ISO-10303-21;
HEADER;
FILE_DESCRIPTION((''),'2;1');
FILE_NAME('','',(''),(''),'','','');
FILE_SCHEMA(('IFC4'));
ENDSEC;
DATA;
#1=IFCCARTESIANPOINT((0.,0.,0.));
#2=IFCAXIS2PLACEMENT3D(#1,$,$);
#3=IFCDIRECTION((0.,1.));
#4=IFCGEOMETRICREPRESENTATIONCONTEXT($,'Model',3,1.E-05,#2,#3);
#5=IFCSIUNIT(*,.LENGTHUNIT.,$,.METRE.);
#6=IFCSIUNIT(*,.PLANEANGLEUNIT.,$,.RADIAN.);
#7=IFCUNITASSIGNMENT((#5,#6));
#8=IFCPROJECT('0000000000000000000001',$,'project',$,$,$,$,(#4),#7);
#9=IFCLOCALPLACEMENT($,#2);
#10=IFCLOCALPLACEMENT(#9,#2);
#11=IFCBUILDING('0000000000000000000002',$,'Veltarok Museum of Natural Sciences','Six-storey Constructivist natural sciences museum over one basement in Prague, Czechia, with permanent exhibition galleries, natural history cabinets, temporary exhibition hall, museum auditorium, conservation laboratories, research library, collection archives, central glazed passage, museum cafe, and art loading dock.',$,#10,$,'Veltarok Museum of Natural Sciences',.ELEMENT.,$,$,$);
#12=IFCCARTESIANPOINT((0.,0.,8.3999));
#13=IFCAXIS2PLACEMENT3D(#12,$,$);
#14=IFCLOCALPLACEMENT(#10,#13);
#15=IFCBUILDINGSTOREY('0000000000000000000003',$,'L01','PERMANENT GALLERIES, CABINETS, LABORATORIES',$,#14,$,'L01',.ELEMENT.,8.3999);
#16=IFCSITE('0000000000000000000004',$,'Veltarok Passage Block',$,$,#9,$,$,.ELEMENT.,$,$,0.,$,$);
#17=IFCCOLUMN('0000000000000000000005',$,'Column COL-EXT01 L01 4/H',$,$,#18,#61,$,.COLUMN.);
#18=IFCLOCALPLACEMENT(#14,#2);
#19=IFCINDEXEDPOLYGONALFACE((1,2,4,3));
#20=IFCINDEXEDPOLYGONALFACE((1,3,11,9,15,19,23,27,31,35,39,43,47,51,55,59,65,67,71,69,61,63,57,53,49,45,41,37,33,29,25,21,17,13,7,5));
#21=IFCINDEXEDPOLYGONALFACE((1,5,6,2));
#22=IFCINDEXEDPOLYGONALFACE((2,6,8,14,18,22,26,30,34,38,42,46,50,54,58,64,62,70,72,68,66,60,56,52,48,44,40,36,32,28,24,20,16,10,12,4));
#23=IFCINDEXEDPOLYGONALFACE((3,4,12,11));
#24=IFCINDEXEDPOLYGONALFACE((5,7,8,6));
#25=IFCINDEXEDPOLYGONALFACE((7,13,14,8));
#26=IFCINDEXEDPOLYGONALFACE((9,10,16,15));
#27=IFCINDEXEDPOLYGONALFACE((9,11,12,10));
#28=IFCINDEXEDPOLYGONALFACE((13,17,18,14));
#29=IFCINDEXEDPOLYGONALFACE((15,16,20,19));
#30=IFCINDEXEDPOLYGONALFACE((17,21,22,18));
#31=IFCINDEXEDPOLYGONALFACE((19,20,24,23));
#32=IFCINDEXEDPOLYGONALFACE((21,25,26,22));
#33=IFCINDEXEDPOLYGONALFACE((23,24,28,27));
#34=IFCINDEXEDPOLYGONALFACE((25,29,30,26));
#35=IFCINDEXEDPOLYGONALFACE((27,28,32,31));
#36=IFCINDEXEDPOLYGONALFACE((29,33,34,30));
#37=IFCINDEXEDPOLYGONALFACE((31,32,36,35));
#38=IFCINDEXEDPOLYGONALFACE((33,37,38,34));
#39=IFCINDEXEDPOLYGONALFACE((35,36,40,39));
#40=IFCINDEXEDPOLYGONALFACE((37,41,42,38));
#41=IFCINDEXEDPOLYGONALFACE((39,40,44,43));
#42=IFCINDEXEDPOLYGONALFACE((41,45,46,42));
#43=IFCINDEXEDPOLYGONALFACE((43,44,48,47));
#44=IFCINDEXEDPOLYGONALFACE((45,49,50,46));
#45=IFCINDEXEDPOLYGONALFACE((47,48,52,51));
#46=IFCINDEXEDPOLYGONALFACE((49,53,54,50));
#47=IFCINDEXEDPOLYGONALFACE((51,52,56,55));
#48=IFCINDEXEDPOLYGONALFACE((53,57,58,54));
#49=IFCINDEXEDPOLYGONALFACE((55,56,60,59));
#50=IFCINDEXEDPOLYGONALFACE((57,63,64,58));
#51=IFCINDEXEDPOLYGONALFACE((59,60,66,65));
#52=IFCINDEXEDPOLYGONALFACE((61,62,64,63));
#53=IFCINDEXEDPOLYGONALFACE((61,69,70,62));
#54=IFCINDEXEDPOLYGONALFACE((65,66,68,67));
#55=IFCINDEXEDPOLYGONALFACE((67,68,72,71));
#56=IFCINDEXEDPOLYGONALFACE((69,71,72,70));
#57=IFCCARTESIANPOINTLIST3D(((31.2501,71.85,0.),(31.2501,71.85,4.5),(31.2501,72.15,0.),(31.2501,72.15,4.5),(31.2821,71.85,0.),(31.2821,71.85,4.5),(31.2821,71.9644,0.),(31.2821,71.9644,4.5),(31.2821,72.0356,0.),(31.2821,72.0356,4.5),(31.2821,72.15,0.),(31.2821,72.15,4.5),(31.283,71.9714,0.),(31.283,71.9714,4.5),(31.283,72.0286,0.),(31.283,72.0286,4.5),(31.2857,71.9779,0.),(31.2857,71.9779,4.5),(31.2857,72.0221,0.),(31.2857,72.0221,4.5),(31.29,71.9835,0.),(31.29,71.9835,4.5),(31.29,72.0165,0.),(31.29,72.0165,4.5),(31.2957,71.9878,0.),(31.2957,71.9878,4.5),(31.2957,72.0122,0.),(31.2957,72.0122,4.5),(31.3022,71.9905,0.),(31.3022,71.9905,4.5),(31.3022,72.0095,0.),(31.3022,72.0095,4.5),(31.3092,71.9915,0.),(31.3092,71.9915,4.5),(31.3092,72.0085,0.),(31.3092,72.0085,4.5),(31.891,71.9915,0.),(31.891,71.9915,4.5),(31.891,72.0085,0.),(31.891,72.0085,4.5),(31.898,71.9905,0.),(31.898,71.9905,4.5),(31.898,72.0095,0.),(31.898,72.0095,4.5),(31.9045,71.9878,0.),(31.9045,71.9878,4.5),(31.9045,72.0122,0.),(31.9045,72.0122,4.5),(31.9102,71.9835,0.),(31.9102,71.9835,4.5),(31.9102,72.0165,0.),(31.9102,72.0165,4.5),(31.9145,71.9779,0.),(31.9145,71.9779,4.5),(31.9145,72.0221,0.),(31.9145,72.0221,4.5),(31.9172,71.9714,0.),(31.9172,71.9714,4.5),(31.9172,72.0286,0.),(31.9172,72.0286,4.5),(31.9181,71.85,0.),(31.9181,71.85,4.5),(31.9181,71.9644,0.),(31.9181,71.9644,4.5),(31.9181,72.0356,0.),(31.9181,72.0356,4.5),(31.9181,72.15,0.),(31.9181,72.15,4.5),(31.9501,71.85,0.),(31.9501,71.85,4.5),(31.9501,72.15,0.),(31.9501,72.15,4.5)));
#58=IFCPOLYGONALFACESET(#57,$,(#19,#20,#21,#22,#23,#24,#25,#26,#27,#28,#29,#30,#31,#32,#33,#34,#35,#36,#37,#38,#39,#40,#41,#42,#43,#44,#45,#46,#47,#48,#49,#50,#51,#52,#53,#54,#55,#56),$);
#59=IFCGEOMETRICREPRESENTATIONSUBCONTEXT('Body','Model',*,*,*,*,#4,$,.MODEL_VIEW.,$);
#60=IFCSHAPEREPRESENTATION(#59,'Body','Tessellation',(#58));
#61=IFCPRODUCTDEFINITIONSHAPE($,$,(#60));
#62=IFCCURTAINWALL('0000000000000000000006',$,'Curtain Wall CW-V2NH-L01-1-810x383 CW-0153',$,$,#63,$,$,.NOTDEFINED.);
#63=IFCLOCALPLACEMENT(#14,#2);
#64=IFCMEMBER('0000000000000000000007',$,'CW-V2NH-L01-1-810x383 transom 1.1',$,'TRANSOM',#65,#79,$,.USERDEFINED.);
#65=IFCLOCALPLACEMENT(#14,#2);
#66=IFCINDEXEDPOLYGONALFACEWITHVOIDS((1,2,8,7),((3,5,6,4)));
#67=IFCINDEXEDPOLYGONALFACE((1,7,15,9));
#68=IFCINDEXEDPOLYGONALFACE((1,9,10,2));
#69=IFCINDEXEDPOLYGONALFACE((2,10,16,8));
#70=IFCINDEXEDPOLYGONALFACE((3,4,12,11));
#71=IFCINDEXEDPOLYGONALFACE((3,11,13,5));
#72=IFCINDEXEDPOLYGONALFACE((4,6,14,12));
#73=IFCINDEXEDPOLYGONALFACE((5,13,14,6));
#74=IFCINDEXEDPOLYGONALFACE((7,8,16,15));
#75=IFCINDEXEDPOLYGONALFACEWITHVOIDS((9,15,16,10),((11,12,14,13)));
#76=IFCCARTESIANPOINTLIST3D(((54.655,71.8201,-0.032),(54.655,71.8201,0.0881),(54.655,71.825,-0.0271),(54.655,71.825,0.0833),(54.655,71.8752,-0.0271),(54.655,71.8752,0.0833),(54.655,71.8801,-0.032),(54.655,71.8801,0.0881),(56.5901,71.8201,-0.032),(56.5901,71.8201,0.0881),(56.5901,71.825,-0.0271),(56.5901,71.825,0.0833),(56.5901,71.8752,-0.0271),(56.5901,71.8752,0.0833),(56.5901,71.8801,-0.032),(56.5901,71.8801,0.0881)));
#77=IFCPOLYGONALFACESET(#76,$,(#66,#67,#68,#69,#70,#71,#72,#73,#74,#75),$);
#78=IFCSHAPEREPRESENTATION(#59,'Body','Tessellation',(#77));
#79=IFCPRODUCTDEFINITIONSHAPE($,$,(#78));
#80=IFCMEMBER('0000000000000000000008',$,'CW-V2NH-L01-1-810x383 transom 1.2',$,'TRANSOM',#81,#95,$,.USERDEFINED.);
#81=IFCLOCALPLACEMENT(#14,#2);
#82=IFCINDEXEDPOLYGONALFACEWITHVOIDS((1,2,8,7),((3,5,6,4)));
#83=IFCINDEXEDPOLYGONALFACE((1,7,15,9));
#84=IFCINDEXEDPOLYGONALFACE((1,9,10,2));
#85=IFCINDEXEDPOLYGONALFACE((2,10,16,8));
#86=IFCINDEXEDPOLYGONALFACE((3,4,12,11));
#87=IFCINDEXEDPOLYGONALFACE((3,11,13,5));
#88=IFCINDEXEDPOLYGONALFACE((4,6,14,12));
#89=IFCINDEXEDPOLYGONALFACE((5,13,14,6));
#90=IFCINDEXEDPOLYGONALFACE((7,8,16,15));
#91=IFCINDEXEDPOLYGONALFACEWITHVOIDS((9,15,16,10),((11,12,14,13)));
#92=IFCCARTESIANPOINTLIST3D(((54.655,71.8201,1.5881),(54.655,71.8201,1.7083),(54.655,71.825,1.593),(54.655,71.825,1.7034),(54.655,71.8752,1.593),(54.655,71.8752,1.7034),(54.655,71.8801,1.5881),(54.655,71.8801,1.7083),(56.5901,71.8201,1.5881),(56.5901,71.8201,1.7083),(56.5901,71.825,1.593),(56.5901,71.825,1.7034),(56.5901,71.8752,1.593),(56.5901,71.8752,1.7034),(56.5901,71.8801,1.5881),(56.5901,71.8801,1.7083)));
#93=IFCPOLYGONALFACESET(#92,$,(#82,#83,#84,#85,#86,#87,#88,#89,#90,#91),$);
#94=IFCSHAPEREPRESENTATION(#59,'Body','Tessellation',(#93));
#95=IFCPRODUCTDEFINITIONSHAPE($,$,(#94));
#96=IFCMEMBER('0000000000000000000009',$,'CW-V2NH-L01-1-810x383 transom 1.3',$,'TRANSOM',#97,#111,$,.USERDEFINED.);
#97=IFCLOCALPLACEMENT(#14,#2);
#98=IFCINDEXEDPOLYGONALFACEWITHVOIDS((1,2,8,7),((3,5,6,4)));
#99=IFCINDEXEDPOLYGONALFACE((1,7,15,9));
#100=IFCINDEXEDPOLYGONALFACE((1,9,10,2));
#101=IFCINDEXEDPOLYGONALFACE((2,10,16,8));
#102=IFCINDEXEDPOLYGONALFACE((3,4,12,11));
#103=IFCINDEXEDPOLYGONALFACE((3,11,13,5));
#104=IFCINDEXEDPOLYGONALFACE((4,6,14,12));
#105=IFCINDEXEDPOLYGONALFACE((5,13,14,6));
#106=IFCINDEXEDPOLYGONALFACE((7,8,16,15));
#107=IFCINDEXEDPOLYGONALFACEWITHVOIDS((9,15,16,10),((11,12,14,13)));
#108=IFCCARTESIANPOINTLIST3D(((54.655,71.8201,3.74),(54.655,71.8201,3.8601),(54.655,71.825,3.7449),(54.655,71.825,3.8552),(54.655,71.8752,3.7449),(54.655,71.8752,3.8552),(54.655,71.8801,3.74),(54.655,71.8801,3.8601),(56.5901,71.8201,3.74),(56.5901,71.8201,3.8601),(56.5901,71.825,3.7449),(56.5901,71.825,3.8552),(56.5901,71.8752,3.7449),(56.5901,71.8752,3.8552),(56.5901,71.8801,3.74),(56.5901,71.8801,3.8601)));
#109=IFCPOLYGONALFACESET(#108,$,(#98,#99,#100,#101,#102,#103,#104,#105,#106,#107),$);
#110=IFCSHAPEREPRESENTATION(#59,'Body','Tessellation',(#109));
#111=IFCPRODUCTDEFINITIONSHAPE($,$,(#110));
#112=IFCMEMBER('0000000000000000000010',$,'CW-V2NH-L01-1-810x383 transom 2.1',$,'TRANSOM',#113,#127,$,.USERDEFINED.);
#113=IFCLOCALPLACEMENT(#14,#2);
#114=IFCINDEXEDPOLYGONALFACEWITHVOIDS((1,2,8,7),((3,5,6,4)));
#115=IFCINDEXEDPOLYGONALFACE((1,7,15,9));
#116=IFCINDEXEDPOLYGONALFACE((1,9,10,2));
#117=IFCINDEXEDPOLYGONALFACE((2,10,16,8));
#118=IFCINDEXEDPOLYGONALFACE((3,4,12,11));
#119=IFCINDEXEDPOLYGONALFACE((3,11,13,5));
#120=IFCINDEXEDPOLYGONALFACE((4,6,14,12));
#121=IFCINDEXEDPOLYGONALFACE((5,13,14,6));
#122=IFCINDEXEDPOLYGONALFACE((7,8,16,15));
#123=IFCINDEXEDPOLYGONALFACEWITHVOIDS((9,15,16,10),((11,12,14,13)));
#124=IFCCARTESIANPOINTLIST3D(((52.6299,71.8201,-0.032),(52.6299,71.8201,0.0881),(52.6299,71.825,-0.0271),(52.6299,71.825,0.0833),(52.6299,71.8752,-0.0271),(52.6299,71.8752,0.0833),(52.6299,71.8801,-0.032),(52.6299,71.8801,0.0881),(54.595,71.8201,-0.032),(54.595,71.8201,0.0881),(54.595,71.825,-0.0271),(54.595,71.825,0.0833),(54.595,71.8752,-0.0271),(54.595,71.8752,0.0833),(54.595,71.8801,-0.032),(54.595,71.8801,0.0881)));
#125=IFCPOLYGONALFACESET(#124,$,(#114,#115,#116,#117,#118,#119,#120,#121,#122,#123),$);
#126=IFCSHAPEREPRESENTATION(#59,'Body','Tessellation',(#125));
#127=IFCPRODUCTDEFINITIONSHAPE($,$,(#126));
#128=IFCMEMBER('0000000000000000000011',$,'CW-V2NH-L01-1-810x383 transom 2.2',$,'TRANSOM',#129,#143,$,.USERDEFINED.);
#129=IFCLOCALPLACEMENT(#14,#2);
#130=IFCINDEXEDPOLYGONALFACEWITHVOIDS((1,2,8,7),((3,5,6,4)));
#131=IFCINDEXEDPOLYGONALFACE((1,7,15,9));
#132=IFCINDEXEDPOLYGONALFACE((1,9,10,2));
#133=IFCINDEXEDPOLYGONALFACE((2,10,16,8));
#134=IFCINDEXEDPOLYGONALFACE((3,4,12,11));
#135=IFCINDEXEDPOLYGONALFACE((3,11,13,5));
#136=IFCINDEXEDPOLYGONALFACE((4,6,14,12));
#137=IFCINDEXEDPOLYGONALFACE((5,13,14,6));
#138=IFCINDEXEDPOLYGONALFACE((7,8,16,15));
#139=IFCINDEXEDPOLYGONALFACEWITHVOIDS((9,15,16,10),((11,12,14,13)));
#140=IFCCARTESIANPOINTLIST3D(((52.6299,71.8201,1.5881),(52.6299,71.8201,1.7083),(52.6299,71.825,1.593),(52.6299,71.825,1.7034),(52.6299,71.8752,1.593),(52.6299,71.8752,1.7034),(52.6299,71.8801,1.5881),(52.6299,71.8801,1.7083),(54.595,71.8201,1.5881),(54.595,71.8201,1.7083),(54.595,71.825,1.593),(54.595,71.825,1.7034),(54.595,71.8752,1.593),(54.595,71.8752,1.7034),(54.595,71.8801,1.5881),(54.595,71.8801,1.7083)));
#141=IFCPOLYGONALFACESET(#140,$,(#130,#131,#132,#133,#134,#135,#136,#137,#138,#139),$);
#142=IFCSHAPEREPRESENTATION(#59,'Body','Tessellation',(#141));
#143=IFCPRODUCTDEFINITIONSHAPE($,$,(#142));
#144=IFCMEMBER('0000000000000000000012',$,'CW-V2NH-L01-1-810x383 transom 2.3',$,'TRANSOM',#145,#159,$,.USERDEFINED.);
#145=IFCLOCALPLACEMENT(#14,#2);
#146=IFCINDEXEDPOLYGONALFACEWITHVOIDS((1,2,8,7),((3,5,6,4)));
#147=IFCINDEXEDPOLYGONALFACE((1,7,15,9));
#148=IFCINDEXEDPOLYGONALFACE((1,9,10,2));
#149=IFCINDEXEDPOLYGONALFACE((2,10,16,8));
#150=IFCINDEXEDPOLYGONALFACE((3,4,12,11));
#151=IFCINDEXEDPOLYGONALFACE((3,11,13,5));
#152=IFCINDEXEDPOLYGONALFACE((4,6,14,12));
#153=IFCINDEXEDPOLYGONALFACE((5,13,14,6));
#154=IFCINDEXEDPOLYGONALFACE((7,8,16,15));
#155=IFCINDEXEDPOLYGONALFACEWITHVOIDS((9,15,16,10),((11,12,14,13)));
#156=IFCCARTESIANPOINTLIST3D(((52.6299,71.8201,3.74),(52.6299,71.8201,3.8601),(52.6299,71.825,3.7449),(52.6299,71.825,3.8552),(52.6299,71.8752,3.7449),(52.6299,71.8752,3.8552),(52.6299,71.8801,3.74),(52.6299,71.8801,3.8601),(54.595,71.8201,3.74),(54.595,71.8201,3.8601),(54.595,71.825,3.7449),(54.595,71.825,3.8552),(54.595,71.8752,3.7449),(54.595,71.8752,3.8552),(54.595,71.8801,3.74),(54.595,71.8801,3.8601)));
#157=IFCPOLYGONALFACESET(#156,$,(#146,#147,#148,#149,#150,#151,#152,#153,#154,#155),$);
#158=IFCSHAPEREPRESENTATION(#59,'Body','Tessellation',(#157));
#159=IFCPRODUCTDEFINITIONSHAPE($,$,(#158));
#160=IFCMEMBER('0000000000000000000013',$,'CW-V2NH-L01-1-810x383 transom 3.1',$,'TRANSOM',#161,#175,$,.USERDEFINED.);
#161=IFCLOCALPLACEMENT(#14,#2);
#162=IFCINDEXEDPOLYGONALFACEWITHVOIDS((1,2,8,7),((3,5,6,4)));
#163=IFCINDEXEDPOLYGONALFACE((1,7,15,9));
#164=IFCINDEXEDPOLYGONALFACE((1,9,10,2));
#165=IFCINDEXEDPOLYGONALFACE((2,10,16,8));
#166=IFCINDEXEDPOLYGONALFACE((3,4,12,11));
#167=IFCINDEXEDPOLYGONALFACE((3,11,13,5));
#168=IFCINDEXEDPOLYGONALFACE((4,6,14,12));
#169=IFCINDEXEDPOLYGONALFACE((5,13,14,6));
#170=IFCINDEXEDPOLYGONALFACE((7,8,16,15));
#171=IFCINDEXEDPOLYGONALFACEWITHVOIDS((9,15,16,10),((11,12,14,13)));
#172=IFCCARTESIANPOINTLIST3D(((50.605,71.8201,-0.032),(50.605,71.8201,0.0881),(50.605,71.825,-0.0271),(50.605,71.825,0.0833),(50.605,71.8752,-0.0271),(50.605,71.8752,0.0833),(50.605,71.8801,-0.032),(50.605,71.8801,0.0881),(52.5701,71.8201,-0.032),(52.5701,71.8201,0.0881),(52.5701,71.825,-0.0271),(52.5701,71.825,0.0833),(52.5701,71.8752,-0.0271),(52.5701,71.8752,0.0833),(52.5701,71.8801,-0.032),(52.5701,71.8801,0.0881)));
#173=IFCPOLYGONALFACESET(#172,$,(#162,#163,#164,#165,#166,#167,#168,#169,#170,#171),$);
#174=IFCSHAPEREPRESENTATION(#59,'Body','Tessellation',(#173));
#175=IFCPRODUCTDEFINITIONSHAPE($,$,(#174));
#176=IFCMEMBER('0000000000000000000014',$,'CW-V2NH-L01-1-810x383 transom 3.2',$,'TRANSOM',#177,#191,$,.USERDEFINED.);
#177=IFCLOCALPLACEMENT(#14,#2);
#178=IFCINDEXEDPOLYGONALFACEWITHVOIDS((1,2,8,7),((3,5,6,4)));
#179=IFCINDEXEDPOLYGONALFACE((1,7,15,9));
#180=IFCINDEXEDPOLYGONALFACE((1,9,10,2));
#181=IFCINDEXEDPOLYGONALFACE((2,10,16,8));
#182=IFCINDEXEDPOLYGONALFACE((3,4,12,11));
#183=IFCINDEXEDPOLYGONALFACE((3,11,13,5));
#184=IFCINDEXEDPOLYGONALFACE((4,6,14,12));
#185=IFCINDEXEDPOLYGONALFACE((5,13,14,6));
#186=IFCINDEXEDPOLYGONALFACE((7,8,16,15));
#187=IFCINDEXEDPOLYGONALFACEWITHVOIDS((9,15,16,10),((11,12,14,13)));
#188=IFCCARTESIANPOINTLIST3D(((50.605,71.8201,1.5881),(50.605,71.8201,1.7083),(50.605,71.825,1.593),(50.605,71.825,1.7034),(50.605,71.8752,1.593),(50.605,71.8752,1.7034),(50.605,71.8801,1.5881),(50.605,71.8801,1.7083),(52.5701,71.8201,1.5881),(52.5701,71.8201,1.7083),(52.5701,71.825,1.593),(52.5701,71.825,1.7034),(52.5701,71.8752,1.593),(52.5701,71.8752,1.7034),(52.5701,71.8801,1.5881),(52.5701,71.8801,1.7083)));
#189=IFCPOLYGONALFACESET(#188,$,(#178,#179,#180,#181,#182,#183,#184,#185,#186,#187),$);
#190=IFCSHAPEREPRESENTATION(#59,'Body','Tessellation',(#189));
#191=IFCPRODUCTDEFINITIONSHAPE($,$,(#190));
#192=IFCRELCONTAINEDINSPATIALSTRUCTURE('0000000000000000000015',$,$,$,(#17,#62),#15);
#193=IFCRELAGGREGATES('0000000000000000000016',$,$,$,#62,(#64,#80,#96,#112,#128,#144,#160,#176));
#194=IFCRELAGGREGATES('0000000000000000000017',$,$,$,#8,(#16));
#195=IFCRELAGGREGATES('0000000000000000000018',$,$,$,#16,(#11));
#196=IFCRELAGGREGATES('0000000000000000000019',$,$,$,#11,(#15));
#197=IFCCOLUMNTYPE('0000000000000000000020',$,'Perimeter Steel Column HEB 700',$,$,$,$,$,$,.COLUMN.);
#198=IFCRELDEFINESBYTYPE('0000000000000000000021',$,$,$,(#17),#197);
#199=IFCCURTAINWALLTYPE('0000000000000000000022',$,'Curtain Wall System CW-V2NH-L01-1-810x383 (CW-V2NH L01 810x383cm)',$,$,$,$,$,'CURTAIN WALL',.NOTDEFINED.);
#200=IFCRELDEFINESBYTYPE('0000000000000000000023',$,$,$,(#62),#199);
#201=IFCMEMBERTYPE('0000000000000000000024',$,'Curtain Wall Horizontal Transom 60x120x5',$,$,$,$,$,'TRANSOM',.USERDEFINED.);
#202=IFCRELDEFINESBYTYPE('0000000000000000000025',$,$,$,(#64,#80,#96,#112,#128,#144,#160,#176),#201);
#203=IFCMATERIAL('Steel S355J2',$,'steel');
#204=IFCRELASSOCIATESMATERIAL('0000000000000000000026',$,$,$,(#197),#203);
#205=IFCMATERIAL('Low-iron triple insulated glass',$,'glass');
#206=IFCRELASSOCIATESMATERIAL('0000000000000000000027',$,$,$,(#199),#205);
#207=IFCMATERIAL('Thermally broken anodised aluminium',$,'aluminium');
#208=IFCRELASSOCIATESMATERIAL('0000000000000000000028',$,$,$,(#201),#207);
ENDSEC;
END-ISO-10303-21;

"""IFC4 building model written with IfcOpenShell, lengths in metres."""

from ifc_helpers import new_model, si_unit, direction, frame, origin, origin_2d, place, context, subcontext, project, spatial, hollow_rectangle, i_section, extrude, material, material_profile, profile_set, type_object, element, aggregate, save


model = new_model("IFC4")

# Units and contexts
model_context = context("Model", 3, precision=1e-05, world=origin(), true_north=direction((0.0, 1.0)))
body_context = subcontext(model_context, "Body", "Model", "MODEL_VIEW")
ifc_project = project(units=[si_unit("LENGTHUNIT", "METRE"), si_unit("PLANEANGLEUNIT", "RADIAN")], contexts=[model_context])

# Site, building, storey
site_placement = place(None, origin())
site = spatial("IfcSite", under=ifc_project, at=site_placement, Name="Veltarok Passage Block", CompositionType="ELEMENT", RefElevation=0.0)
building_placement = place(site_placement, origin())
building = spatial("IfcBuilding", under=site, at=building_placement, Name="Veltarok Museum of Natural Sciences", Description="Six-storey Constructivist natural sciences museum over one basement in Prague, Czechia, with permanent exhibition galleries, natural history cabinets, temporary exhibition hall, museum auditorium, conservation laboratories, research library, collection archives, central glazed passage, museum cafe, and art loading dock.", LongName="Veltarok Museum of Natural Sciences", CompositionType="ELEMENT")
storey_placement = place(building_placement, frame((0.0, 0.0, 8.3999)))
storey = spatial("IfcBuildingStorey", under=building, at=storey_placement, Name="L01", Description="PERMANENT GALLERIES, CABINETS, LABORATORIES", LongName="L01", CompositionType="ELEMENT", Elevation=8.3999)

# Column
ifc_material_1 = material(Name="Steel S355J2", Category="steel")
ifc_material_profile_1 = material_profile(ifc_material_1, i_section(OverallWidth=0.3, OverallDepth=0.7, WebThickness=0.0171, FlangeThickness=0.032, FilletRadius=0.0271, at=origin_2d()), Name="HEB 700")
ifc_profile_set_1 = profile_set([ifc_material_profile_1], Name="Steel S355J2")
column_type = type_object("IfcColumnType", Name="Perimeter Steel Column HEB 700", PredefinedType="COLUMN", material=ifc_profile_set_1)
column_placement = place(storey_placement, frame((31.6001, 72.0, 0.0), z_axis=(0.0, 0.0, 1.0), x_axis=(0.0, 1.0, 0.0)))
element("IfcColumn", 1, at=column_placement, inside=storey, type_object=column_type, Name="Column COL-EXT01 L01 4/H", PredefinedType="COLUMN", context=body_context, shape_type="SweptSolid", body=[
    extrude(i_section(OverallWidth=0.3, OverallDepth=0.7, WebThickness=0.0171, FlangeThickness=0.032, FilletRadius=0.0271, at=origin_2d()), origin(), (0.0, 0.0, 1.0), 4.5),
])

# Curtain wall, members
ifc_material_2 = material(Name="Low-iron triple insulated glass", Category="glass")
curtain_wall_type = type_object("IfcCurtainWallType", Name="Curtain Wall System CW-V2NH-L01-1-810x383 (CW-V2NH L01 810x383cm)", ElementType="CURTAIN WALL", PredefinedType="NOTDEFINED", material=ifc_material_2)
curtain_wall_placement = place(storey_placement, origin())
curtain_wall = element("IfcCurtainWall", 2, at=curtain_wall_placement, inside=storey, type_object=curtain_wall_type, Name="Curtain Wall CW-V2NH-L01-1-810x383 CW-0153", PredefinedType="NOTDEFINED")
ifc_material_3 = material(Name="Thermally broken anodised aluminium", Category="aluminium")
ifc_material_profile_2 = material_profile(ifc_material_3, hollow_rectangle(XDim=0.0601, YDim=0.1201, WallThickness=0.0049, at=origin_2d()), Name="CW TRANSOM 60x120x5")
ifc_profile_set_2 = profile_set([ifc_material_profile_2], Name="Thermally broken anodised aluminium")
member_type_1 = type_object("IfcMemberType", Name="Curtain Wall Horizontal Transom 60x120x5", ElementType="TRANSOM", PredefinedType="USERDEFINED", material=ifc_profile_set_2)
member_1_placement = place(storey_placement, frame((56.5901, 71.8501, 0.0281), z_axis=(-1.0, 0.0, 0.0), x_axis=(0.0, -1.0, 0.0)))
member_1 = element("IfcMember", 3, at=member_1_placement, type_object=member_type_1, Name="CW-V2NH-L01-1-810x383 transom 1.1", ObjectType="TRANSOM", PredefinedType="USERDEFINED", context=body_context, shape_type="SweptSolid", body=[
    extrude(hollow_rectangle(XDim=0.0601, YDim=0.1201, WallThickness=0.0049, at=origin_2d()), origin(), (0.0, 0.0, 1.0), 1.9351),
])
member_2_placement = place(storey_placement, frame((56.5901, 71.8501, 1.6482), z_axis=(-1.0, 0.0, 0.0), x_axis=(0.0, -1.0, 0.0)))
member_2 = element("IfcMember", 4, at=member_2_placement, type_object=member_type_1, Name="CW-V2NH-L01-1-810x383 transom 1.2", ObjectType="TRANSOM", PredefinedType="USERDEFINED", context=body_context, shape_type="SweptSolid", body=[
    extrude(hollow_rectangle(XDim=0.0601, YDim=0.1201, WallThickness=0.0049, at=origin_2d()), origin(), (0.0, 0.0, 1.0), 1.9351),
])
member_3_placement = place(storey_placement, frame((56.5901, 71.8501, 3.8), z_axis=(-1.0, 0.0, 0.0), x_axis=(0.0, -1.0, 0.0)))
member_3 = element("IfcMember", 5, at=member_3_placement, type_object=member_type_1, Name="CW-V2NH-L01-1-810x383 transom 1.3", ObjectType="TRANSOM", PredefinedType="USERDEFINED", context=body_context, shape_type="SweptSolid", body=[
    extrude(hollow_rectangle(XDim=0.0601, YDim=0.1201, WallThickness=0.0049, at=origin_2d()), origin(), (0.0, 0.0, 1.0), 1.9351),
])
member_4_placement = place(storey_placement, frame((54.595, 71.8501, 0.0281), z_axis=(-1.0, 0.0, 0.0), x_axis=(0.0, -1.0, 0.0)))
member_4 = element("IfcMember", 6, at=member_4_placement, type_object=member_type_1, Name="CW-V2NH-L01-1-810x383 transom 2.1", ObjectType="TRANSOM", PredefinedType="USERDEFINED", context=body_context, shape_type="SweptSolid", body=[
    extrude(hollow_rectangle(XDim=0.0601, YDim=0.1201, WallThickness=0.0049, at=origin_2d()), origin(), (0.0, 0.0, 1.0), 1.9651),
])
member_5_placement = place(storey_placement, frame((54.595, 71.8501, 1.6482), z_axis=(-1.0, 0.0, 0.0), x_axis=(0.0, -1.0, 0.0)))
member_5 = element("IfcMember", 7, at=member_5_placement, type_object=member_type_1, Name="CW-V2NH-L01-1-810x383 transom 2.2", ObjectType="TRANSOM", PredefinedType="USERDEFINED", context=body_context, shape_type="SweptSolid", body=[
    extrude(hollow_rectangle(XDim=0.0601, YDim=0.1201, WallThickness=0.0049, at=origin_2d()), origin(), (0.0, 0.0, 1.0), 1.9651),
])
member_6_placement = place(storey_placement, frame((54.595, 71.8501, 3.8), z_axis=(-1.0, 0.0, 0.0), x_axis=(0.0, -1.0, 0.0)))
member_6 = element("IfcMember", 8, at=member_6_placement, type_object=member_type_1, Name="CW-V2NH-L01-1-810x383 transom 2.3", ObjectType="TRANSOM", PredefinedType="USERDEFINED", context=body_context, shape_type="SweptSolid", body=[
    extrude(hollow_rectangle(XDim=0.0601, YDim=0.1201, WallThickness=0.0049, at=origin_2d()), origin(), (0.0, 0.0, 1.0), 1.9651),
])
member_7_placement = place(storey_placement, frame((52.5701, 71.8501, 0.0281), z_axis=(-1.0, 0.0, 0.0), x_axis=(0.0, -1.0, 0.0)))
member_7 = element("IfcMember", 9, at=member_7_placement, type_object=member_type_1, Name="CW-V2NH-L01-1-810x383 transom 3.1", ObjectType="TRANSOM", PredefinedType="USERDEFINED", context=body_context, shape_type="SweptSolid", body=[
    extrude(hollow_rectangle(XDim=0.0601, YDim=0.1201, WallThickness=0.0049, at=origin_2d()), origin(), (0.0, 0.0, 1.0), 1.9651),
])
member_8_placement = place(storey_placement, frame((52.5701, 71.8501, 1.6482), z_axis=(-1.0, 0.0, 0.0), x_axis=(0.0, -1.0, 0.0)))
member_8 = element("IfcMember", 10, at=member_8_placement, type_object=member_type_1, Name="CW-V2NH-L01-1-810x383 transom 3.2", ObjectType="TRANSOM", PredefinedType="USERDEFINED", context=body_context, shape_type="SweptSolid", body=[
    extrude(hollow_rectangle(XDim=0.0601, YDim=0.1201, WallThickness=0.0049, at=origin_2d()), origin(), (0.0, 0.0, 1.0), 1.9651),
])

aggregate(curtain_wall, [member_1, member_2, member_3, member_4, member_5, member_6, member_7, member_8])

save(model, "model.ifc")
